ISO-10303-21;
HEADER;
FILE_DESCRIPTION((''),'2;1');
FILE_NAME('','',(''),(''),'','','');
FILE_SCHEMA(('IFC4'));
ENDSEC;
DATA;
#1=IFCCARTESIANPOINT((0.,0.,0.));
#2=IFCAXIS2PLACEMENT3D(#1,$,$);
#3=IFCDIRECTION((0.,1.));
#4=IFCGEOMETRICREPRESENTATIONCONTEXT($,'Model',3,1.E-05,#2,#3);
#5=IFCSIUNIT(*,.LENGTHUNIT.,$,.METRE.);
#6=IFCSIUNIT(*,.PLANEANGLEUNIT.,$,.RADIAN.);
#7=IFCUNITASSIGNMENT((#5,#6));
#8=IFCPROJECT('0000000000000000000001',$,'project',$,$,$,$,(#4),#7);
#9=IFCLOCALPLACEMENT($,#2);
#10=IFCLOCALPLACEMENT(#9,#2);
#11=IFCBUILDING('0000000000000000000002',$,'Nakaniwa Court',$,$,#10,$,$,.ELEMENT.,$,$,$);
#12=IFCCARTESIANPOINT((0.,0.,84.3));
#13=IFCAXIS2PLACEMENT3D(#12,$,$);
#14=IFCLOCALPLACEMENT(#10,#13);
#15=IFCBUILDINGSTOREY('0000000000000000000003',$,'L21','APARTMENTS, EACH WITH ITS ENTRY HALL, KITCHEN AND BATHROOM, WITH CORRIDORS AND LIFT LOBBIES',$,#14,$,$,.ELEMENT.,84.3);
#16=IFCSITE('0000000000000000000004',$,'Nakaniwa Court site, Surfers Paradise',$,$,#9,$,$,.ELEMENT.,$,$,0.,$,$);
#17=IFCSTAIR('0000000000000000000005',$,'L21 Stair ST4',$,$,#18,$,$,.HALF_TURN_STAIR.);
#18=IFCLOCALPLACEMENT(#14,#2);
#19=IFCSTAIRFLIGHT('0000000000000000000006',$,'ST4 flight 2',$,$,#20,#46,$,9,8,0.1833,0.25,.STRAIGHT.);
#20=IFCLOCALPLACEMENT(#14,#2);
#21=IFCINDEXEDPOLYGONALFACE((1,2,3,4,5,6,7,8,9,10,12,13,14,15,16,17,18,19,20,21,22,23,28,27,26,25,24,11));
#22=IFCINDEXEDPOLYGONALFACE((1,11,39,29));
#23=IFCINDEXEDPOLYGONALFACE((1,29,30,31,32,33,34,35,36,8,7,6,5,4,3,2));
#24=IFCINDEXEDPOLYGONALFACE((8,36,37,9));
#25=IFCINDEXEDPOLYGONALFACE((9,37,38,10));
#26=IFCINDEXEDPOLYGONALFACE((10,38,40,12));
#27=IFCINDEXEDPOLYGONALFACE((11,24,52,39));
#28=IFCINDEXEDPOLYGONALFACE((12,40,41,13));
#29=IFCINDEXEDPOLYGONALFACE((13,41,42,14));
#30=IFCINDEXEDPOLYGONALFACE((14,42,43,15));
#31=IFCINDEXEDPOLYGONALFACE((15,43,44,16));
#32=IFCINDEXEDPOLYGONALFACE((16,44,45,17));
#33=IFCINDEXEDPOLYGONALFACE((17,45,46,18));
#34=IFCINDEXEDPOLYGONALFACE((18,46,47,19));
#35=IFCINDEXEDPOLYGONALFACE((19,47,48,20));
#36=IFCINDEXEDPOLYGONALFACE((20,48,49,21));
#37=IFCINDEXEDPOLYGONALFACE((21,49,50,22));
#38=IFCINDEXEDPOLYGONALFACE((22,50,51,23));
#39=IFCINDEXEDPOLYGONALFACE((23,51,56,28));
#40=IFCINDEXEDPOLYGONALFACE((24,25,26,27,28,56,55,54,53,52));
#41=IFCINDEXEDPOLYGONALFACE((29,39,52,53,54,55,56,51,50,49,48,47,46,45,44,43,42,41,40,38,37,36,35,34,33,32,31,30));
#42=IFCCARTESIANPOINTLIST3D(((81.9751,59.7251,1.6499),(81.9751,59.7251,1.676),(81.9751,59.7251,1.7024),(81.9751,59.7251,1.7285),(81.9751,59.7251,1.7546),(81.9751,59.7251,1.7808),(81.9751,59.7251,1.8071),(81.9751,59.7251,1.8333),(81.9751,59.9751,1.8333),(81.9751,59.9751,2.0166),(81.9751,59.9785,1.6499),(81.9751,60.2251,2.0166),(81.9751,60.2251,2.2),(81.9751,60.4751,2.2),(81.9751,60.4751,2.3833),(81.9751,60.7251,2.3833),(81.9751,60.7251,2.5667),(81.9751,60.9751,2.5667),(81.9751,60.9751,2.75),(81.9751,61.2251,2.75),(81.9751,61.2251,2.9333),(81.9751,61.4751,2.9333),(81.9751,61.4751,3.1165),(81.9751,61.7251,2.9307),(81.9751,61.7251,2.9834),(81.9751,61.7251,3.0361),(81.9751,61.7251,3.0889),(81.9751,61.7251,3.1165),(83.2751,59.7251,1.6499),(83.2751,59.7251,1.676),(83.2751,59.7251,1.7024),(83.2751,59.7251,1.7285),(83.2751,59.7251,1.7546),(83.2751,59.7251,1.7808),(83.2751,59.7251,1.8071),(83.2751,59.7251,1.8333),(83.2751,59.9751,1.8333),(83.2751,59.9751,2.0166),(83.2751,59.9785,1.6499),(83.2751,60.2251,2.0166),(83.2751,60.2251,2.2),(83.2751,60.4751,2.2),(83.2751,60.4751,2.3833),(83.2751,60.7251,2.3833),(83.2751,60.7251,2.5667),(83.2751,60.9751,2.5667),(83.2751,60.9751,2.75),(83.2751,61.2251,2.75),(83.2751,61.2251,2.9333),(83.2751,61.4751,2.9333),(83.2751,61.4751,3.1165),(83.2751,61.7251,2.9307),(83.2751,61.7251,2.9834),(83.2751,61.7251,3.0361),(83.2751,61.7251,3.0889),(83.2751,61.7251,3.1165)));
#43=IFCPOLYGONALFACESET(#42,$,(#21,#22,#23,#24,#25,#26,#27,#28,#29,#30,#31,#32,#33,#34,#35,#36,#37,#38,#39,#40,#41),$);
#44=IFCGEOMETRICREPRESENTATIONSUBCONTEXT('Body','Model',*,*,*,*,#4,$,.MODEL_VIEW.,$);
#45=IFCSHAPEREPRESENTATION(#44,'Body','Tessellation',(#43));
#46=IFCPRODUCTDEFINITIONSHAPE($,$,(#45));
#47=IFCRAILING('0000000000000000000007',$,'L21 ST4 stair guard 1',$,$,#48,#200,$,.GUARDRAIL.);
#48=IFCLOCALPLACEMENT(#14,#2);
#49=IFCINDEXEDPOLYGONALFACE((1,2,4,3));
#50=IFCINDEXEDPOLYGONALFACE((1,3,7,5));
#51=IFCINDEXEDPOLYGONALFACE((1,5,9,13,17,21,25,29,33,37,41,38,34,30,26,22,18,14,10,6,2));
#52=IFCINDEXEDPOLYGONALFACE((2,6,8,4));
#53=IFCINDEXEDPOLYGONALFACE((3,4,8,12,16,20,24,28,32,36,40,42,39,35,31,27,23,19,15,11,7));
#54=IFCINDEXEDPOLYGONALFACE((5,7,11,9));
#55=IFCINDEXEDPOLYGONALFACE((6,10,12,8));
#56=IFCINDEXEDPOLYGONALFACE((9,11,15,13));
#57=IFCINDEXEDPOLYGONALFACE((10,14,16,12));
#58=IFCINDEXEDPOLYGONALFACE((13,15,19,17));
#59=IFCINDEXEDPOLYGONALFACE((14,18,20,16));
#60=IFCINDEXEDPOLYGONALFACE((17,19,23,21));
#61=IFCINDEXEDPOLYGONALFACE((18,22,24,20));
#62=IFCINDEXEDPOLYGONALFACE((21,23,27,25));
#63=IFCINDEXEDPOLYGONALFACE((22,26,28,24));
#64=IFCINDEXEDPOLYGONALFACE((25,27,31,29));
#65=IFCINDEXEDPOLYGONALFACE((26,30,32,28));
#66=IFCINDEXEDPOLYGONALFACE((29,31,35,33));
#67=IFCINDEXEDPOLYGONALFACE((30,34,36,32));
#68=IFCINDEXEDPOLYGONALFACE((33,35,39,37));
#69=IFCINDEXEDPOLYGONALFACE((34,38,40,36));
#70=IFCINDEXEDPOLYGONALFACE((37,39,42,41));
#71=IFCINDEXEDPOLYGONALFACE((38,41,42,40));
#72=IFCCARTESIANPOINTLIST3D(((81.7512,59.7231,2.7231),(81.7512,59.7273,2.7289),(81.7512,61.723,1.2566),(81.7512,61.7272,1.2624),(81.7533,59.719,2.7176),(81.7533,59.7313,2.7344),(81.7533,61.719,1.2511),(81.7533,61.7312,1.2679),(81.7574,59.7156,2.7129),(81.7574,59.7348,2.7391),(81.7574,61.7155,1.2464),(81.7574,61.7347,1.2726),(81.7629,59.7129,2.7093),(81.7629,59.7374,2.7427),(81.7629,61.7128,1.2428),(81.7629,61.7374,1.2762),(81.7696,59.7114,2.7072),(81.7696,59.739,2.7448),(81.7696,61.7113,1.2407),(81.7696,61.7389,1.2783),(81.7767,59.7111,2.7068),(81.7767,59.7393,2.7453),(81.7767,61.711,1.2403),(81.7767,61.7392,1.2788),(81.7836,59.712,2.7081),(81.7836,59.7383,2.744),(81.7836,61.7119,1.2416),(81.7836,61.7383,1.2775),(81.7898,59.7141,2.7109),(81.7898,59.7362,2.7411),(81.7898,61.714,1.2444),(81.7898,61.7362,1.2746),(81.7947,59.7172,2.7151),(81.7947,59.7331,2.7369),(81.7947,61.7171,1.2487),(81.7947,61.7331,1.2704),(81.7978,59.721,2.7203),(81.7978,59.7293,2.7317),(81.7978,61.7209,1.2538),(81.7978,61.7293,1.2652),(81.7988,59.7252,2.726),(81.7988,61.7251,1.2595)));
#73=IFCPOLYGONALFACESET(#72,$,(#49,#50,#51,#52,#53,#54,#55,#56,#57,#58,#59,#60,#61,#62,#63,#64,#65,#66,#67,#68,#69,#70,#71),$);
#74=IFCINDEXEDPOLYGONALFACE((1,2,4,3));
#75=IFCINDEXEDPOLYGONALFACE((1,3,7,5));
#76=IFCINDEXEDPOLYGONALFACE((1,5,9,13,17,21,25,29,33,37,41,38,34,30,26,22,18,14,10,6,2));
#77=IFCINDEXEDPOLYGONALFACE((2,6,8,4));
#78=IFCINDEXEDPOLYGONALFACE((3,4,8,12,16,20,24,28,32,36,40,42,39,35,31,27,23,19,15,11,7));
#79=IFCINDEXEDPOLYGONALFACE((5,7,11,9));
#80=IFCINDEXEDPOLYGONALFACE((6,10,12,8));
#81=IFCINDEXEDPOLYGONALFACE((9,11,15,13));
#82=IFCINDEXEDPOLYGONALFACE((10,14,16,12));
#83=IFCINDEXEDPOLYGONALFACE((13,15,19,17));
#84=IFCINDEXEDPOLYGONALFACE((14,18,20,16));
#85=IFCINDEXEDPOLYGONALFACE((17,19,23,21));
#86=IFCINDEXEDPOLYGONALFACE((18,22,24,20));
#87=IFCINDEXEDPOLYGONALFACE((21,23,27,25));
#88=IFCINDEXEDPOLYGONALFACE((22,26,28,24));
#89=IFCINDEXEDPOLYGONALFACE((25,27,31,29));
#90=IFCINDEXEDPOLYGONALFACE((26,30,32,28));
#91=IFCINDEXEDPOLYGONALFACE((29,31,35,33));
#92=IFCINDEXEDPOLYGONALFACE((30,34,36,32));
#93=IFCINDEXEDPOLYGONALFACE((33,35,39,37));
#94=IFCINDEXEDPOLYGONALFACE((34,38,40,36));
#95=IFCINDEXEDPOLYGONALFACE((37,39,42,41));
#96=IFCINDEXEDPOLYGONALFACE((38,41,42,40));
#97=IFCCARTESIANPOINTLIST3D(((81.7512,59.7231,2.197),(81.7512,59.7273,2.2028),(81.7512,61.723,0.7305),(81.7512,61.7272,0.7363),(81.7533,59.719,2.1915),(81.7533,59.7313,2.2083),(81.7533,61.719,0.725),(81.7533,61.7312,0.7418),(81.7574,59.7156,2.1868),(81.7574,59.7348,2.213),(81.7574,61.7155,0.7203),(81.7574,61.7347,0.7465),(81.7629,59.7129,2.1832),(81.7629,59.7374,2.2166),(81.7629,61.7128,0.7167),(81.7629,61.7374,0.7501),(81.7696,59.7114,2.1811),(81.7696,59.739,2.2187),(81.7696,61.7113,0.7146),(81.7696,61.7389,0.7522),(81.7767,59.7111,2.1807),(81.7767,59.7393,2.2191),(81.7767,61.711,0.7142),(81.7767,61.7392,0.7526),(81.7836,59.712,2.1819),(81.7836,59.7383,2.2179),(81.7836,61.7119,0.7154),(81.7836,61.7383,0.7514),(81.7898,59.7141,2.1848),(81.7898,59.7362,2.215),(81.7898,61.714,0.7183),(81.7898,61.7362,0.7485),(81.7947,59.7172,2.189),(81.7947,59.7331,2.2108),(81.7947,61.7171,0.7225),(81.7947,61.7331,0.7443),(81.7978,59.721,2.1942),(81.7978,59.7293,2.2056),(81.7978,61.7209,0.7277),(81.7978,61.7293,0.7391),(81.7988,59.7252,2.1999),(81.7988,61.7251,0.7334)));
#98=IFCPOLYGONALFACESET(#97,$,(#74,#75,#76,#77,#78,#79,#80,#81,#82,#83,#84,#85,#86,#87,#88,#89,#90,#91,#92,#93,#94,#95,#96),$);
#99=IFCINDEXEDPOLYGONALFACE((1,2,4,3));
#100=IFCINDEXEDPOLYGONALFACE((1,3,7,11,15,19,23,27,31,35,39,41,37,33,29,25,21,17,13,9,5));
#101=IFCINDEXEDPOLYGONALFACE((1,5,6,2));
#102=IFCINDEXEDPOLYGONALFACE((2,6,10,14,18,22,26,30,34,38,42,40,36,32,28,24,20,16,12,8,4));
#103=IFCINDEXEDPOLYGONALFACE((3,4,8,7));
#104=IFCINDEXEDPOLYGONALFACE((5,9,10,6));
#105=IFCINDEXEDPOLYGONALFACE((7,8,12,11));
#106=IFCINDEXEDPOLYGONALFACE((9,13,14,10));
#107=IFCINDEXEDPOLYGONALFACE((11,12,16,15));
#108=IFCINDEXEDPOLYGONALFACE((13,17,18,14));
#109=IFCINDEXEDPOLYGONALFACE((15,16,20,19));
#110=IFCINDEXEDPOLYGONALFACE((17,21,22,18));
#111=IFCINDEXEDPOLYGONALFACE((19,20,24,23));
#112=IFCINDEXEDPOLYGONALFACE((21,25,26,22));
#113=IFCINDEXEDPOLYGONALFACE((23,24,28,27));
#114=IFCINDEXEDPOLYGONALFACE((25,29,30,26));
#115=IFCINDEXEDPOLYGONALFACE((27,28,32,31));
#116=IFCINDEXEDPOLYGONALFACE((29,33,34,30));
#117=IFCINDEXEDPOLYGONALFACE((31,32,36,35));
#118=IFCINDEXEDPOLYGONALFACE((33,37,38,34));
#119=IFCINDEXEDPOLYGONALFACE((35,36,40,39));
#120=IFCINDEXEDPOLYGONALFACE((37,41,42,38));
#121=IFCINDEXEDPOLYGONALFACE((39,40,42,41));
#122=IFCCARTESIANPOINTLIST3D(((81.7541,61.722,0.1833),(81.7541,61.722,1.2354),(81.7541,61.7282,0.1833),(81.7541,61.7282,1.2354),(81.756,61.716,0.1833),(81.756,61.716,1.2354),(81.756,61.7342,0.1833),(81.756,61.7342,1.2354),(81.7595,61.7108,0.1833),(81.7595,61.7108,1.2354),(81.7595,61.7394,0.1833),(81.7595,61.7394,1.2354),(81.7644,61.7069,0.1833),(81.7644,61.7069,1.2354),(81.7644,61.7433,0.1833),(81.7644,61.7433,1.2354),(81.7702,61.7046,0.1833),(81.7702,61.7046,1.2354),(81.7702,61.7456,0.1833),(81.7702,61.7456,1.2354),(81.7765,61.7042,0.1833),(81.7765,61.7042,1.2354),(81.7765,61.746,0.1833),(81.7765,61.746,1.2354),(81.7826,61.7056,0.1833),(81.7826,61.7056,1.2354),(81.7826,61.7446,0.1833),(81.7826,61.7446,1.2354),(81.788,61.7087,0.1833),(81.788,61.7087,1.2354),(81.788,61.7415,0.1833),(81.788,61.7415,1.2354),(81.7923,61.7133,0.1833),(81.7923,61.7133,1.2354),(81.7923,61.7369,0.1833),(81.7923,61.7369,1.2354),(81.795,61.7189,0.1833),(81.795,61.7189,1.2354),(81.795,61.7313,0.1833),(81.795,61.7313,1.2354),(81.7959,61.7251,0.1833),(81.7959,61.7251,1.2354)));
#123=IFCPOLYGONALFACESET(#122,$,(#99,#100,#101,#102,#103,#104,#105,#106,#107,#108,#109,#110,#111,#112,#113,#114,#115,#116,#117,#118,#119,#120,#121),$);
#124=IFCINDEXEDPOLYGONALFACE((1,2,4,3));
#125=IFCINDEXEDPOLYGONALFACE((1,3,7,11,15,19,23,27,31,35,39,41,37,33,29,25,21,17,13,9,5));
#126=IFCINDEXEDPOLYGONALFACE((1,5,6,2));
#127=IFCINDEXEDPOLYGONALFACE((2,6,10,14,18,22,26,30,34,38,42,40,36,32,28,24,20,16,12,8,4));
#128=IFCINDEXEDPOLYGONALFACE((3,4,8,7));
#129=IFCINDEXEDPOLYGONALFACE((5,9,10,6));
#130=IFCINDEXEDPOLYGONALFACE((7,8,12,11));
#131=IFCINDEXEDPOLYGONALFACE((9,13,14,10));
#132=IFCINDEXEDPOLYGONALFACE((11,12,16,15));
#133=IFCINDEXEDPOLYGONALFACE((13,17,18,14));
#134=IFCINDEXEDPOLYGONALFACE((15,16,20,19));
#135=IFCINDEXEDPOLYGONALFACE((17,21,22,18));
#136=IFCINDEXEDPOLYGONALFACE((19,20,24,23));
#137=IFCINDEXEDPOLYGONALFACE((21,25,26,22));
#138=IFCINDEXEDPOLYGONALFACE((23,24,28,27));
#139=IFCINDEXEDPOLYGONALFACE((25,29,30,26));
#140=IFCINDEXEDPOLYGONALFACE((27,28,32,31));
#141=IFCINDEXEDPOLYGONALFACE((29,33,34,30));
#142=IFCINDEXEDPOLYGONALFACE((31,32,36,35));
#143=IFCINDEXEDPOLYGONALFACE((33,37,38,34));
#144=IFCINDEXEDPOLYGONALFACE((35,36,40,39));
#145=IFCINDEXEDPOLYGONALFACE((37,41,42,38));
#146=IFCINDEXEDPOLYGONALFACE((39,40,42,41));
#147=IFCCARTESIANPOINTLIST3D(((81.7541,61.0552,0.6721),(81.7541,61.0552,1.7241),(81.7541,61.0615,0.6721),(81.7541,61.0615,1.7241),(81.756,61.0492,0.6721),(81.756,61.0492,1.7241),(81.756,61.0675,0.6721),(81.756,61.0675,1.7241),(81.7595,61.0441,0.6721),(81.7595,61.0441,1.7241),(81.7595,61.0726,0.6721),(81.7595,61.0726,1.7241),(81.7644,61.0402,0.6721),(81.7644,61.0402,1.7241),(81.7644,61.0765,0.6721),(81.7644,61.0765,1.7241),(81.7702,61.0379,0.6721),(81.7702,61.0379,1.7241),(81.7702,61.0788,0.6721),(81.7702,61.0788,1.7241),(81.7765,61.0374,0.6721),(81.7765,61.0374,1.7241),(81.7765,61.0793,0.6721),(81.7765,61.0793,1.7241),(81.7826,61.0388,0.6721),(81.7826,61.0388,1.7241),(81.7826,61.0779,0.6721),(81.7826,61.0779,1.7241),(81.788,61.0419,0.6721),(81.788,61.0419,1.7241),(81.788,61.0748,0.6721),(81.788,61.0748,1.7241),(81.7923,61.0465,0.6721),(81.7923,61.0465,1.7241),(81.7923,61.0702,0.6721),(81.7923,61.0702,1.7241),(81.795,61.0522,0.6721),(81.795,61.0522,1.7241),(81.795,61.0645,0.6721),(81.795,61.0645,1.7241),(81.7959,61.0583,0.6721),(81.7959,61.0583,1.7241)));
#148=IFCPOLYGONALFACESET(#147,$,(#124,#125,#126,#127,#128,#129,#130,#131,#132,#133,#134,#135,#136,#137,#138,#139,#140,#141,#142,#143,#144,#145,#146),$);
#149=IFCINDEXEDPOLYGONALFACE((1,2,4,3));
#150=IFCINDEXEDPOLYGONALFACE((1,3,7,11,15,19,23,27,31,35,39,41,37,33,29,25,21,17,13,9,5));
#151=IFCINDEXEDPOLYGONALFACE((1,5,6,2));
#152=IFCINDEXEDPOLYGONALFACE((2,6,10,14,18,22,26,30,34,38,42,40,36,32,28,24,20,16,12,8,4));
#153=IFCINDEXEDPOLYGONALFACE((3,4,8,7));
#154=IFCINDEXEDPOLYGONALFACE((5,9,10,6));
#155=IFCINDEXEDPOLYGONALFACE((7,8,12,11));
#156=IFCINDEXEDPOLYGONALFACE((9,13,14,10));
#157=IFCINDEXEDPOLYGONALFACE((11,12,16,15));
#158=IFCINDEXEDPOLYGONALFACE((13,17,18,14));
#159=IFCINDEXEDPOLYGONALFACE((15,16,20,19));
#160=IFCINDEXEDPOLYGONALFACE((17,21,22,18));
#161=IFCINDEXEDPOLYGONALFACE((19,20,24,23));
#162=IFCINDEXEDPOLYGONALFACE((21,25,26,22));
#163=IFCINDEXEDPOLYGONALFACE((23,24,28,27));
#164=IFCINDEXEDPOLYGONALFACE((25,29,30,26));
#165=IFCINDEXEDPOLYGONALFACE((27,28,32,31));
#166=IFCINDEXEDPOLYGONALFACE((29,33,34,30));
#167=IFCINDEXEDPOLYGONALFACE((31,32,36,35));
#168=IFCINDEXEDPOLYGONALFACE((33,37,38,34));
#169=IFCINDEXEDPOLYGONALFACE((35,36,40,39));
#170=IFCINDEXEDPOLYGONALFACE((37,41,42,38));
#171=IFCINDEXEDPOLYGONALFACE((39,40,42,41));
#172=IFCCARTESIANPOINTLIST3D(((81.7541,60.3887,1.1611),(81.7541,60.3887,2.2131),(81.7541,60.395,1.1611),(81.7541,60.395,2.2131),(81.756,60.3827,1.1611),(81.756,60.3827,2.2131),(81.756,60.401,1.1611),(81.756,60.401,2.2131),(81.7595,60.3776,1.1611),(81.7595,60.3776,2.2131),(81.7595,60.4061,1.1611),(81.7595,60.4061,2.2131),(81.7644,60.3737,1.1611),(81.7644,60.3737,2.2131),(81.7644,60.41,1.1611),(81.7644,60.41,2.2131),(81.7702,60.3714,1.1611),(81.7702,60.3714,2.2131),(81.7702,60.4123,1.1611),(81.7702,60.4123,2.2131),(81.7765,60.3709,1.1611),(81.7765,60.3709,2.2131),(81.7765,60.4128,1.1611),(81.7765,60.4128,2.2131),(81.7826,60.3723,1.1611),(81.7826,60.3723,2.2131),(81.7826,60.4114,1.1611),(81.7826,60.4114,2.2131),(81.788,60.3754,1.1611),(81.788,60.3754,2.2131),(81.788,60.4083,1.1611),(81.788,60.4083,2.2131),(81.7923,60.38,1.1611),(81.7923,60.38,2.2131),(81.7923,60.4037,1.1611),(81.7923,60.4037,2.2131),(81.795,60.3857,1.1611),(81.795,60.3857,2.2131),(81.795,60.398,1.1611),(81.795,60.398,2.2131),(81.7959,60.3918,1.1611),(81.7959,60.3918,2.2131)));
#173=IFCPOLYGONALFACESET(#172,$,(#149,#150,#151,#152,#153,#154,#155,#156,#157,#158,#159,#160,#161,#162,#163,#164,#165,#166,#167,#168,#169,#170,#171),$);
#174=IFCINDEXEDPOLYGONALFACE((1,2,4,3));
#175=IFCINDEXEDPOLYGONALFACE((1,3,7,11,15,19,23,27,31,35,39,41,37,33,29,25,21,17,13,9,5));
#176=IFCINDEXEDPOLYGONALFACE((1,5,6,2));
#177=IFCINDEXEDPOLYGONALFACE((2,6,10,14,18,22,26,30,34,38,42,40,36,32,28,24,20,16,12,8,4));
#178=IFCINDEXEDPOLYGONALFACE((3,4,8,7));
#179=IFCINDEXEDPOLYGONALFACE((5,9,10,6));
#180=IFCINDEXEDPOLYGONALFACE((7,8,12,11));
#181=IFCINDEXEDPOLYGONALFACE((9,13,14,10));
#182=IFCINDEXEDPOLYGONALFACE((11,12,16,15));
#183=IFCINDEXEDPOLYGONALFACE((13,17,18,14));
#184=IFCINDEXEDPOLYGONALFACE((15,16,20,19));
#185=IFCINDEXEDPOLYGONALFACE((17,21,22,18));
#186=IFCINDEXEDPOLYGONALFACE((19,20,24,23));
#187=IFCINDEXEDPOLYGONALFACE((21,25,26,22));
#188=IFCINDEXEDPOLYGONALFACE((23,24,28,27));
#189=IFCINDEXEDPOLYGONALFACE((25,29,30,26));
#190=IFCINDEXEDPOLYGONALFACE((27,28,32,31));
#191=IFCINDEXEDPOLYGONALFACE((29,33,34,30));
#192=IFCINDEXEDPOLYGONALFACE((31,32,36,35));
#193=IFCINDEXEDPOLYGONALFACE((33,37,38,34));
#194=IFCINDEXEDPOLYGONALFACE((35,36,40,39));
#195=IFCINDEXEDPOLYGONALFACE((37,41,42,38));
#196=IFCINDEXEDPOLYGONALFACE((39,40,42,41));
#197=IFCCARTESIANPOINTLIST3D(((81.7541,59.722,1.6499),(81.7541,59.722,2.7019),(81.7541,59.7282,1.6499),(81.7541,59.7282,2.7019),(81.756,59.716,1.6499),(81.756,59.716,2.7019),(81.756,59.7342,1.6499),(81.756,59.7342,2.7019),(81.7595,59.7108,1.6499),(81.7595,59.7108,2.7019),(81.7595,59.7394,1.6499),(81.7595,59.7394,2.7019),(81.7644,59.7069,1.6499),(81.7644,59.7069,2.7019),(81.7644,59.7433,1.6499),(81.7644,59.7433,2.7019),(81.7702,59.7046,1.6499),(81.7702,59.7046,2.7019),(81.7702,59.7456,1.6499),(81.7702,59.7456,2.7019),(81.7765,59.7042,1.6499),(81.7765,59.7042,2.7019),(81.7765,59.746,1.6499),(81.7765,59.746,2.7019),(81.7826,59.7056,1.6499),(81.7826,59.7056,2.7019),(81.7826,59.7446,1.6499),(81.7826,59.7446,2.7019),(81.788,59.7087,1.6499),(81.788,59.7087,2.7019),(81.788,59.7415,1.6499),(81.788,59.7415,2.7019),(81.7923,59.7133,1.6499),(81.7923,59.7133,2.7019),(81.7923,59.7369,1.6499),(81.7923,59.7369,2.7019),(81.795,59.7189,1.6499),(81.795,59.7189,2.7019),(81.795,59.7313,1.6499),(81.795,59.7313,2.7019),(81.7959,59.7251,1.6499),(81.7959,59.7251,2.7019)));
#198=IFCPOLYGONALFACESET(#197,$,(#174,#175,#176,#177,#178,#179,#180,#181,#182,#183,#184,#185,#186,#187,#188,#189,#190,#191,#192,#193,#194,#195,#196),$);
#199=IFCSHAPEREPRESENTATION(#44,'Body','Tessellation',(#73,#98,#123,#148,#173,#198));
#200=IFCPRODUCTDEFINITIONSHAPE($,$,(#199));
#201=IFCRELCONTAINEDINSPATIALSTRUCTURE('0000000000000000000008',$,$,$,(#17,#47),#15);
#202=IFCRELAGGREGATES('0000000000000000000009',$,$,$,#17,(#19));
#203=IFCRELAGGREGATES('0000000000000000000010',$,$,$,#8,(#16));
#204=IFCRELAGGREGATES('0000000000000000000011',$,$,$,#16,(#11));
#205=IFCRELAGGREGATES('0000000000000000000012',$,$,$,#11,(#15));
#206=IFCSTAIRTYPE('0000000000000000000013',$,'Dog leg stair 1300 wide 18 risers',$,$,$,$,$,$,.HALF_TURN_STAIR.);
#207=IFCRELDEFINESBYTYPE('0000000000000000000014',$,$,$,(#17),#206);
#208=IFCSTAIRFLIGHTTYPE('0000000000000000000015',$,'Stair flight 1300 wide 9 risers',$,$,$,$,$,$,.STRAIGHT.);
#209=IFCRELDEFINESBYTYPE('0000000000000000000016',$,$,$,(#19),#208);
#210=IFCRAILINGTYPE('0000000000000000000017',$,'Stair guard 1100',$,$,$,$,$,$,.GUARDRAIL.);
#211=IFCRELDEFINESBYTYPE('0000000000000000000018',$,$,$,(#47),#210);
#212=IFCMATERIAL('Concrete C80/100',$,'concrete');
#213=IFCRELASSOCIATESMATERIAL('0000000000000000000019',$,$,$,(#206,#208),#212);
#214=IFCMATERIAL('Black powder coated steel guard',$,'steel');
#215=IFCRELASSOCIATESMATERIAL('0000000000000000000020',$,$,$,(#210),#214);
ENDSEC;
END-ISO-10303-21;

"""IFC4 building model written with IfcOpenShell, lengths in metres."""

from ifc_helpers import new_model, si_unit, direction, frame, origin, origin_2d, place, context, subcontext, project, spatial, polyline, circle, outline, extrude, material, type_object, element, aggregate, save


model = new_model("IFC4")

# Units and contexts
model_context = context("Model", 3, precision=1e-05, world=origin(), true_north=direction((0.0, 1.0)))
body_context = subcontext(model_context, "Body", "Model", "MODEL_VIEW")
ifc_project = project(units=[si_unit("LENGTHUNIT", "METRE"), si_unit("PLANEANGLEUNIT", "RADIAN")], contexts=[model_context])

# Site, building, storey
site_placement = place(None, origin())
site = spatial("IfcSite", under=ifc_project, at=site_placement, Name="Nakaniwa Court site, Surfers Paradise", CompositionType="ELEMENT", RefElevation=0.0)
building_placement = place(site_placement, origin())
building = spatial("IfcBuilding", under=site, at=building_placement, Name="Nakaniwa Court", CompositionType="ELEMENT")
storey_placement = place(building_placement, frame((0.0, 0.0, 84.3)))
storey = spatial("IfcBuildingStorey", under=building, at=storey_placement, Name="L21", Description="APARTMENTS, EACH WITH ITS ENTRY HALL, KITCHEN AND BATHROOM, WITH CORRIDORS AND LIFT LOBBIES", CompositionType="ELEMENT", Elevation=84.3)

# Shared definitions
ifc_material_1 = material(Name="Concrete C80/100", Category="concrete")

# Stair, stair flight
stair_type = type_object("IfcStairType", Name="Dog leg stair 1300 wide 18 risers", PredefinedType="HALF_TURN_STAIR", material=ifc_material_1)
stair_placement = place(storey_placement, origin())
stair = element("IfcStair", 1, at=stair_placement, inside=storey, type_object=stair_type, Name="L21 Stair ST4", PredefinedType="HALF_TURN_STAIR")
stair_flight_type = type_object("IfcStairFlightType", Name="Stair flight 1300 wide 9 risers", PredefinedType="STRAIGHT", material=ifc_material_1)
stair_flight_1_placement = place(storey_placement, frame((82.625, 59.7251, 1.6499), z_axis=(0.0, 0.0, 1.0), x_axis=(0.0, 1.0, 0.0)))
stair_flight_1 = element("IfcStairFlight", 2, at=stair_flight_1_placement, type_object=stair_flight_type, Name="ST4 flight 2", NumberOfRisers=9, NumberOfTreads=8, PredefinedType="STRAIGHT", RiserHeight=0.1833, TreadLength=0.25, context=body_context, shape_type="SweptSolid", body=[
    extrude(outline(polyline([(0.0, 0.0), (0.0, 0.0261), (0.0, 0.0525), (0.0, 0.0786), (0.0, 0.1047), (0.0, 0.1309), (0.0, 0.1572), (0.0, 0.1833), (0.25, 0.1833), (0.25, 0.3667), (0.5, 0.3667), (0.5, 0.55), (0.75, 0.55), (0.75, 0.7334), (1.0, 0.7334), (1.0, 0.9167), (1.25, 0.9167), (1.25, 1.1001), (1.5, 1.1001), (1.5, 1.2834), (1.75, 1.2834), (1.75, 1.4666), (2.0, 1.4666), (2.0, 1.6499), (2.0, 1.5972), (2.0, 1.5444), (2.0, 1.4917), (2.0, 1.439), (2.0, 1.3862), (2.0, 1.3335), (2.0, 1.2808), (0.2534, 0.0), (0.0, 0.0)])), frame((0.0, 0.6499, 0.0), z_axis=(0.0, -1.0, 0.0), x_axis=(1.0, 0.0, 0.0)), (0.0, 0.0, 1.0), 1.3),
])
aggregate(stair, [stair_flight_1])

# Railing
ifc_material_2 = material(Name="Black powder coated steel guard", Category="steel")
railing_type_1 = type_object("IfcRailingType", Name="Stair guard 1100", PredefinedType="GUARDRAIL", material=ifc_material_2)
railing_1_placement = place(storey_placement, frame((81.7749, 61.7251, 0.1833)))
element("IfcRailing", 3, at=railing_1_placement, inside=storey, type_object=railing_type_1, Name="L21 ST4 stair guard 1", PredefinedType="GUARDRAIL", context=body_context, shape_type="SweptSolid", body=[
    extrude(circle(Radius=0.0239, at=origin_2d()), frame((0.0, 0.0, 1.0762), z_axis=(0.0, -0.806427, 0.591334), x_axis=(1.0, 0.0, 0.0)), (0.0, 0.0, 1.0), 2.48),
    extrude(circle(Radius=0.0239, at=origin_2d()), frame((0.0, 0.0, 0.55), z_axis=(0.0, -0.806427, 0.591334), x_axis=(1.0, 0.0, 0.0)), (0.0, 0.0, 1.0), 2.48),
    extrude(circle(Radius=0.021, at=origin_2d()), origin(), (0.0, 0.0, 1.0), 1.052),
    extrude(circle(Radius=0.021, at=origin_2d()), frame((0.0, -0.6667, 0.4888)), (0.0, 0.0, 1.0), 1.052),
    extrude(circle(Radius=0.021, at=origin_2d()), frame((0.0, -1.3333, 0.9778)), (0.0, 0.0, 1.0), 1.052),
    extrude(circle(Radius=0.021, at=origin_2d()), frame((0.0, -2.0, 1.4666)), (0.0, 0.0, 1.0), 1.052),
])

save(model, "model.ifc")
